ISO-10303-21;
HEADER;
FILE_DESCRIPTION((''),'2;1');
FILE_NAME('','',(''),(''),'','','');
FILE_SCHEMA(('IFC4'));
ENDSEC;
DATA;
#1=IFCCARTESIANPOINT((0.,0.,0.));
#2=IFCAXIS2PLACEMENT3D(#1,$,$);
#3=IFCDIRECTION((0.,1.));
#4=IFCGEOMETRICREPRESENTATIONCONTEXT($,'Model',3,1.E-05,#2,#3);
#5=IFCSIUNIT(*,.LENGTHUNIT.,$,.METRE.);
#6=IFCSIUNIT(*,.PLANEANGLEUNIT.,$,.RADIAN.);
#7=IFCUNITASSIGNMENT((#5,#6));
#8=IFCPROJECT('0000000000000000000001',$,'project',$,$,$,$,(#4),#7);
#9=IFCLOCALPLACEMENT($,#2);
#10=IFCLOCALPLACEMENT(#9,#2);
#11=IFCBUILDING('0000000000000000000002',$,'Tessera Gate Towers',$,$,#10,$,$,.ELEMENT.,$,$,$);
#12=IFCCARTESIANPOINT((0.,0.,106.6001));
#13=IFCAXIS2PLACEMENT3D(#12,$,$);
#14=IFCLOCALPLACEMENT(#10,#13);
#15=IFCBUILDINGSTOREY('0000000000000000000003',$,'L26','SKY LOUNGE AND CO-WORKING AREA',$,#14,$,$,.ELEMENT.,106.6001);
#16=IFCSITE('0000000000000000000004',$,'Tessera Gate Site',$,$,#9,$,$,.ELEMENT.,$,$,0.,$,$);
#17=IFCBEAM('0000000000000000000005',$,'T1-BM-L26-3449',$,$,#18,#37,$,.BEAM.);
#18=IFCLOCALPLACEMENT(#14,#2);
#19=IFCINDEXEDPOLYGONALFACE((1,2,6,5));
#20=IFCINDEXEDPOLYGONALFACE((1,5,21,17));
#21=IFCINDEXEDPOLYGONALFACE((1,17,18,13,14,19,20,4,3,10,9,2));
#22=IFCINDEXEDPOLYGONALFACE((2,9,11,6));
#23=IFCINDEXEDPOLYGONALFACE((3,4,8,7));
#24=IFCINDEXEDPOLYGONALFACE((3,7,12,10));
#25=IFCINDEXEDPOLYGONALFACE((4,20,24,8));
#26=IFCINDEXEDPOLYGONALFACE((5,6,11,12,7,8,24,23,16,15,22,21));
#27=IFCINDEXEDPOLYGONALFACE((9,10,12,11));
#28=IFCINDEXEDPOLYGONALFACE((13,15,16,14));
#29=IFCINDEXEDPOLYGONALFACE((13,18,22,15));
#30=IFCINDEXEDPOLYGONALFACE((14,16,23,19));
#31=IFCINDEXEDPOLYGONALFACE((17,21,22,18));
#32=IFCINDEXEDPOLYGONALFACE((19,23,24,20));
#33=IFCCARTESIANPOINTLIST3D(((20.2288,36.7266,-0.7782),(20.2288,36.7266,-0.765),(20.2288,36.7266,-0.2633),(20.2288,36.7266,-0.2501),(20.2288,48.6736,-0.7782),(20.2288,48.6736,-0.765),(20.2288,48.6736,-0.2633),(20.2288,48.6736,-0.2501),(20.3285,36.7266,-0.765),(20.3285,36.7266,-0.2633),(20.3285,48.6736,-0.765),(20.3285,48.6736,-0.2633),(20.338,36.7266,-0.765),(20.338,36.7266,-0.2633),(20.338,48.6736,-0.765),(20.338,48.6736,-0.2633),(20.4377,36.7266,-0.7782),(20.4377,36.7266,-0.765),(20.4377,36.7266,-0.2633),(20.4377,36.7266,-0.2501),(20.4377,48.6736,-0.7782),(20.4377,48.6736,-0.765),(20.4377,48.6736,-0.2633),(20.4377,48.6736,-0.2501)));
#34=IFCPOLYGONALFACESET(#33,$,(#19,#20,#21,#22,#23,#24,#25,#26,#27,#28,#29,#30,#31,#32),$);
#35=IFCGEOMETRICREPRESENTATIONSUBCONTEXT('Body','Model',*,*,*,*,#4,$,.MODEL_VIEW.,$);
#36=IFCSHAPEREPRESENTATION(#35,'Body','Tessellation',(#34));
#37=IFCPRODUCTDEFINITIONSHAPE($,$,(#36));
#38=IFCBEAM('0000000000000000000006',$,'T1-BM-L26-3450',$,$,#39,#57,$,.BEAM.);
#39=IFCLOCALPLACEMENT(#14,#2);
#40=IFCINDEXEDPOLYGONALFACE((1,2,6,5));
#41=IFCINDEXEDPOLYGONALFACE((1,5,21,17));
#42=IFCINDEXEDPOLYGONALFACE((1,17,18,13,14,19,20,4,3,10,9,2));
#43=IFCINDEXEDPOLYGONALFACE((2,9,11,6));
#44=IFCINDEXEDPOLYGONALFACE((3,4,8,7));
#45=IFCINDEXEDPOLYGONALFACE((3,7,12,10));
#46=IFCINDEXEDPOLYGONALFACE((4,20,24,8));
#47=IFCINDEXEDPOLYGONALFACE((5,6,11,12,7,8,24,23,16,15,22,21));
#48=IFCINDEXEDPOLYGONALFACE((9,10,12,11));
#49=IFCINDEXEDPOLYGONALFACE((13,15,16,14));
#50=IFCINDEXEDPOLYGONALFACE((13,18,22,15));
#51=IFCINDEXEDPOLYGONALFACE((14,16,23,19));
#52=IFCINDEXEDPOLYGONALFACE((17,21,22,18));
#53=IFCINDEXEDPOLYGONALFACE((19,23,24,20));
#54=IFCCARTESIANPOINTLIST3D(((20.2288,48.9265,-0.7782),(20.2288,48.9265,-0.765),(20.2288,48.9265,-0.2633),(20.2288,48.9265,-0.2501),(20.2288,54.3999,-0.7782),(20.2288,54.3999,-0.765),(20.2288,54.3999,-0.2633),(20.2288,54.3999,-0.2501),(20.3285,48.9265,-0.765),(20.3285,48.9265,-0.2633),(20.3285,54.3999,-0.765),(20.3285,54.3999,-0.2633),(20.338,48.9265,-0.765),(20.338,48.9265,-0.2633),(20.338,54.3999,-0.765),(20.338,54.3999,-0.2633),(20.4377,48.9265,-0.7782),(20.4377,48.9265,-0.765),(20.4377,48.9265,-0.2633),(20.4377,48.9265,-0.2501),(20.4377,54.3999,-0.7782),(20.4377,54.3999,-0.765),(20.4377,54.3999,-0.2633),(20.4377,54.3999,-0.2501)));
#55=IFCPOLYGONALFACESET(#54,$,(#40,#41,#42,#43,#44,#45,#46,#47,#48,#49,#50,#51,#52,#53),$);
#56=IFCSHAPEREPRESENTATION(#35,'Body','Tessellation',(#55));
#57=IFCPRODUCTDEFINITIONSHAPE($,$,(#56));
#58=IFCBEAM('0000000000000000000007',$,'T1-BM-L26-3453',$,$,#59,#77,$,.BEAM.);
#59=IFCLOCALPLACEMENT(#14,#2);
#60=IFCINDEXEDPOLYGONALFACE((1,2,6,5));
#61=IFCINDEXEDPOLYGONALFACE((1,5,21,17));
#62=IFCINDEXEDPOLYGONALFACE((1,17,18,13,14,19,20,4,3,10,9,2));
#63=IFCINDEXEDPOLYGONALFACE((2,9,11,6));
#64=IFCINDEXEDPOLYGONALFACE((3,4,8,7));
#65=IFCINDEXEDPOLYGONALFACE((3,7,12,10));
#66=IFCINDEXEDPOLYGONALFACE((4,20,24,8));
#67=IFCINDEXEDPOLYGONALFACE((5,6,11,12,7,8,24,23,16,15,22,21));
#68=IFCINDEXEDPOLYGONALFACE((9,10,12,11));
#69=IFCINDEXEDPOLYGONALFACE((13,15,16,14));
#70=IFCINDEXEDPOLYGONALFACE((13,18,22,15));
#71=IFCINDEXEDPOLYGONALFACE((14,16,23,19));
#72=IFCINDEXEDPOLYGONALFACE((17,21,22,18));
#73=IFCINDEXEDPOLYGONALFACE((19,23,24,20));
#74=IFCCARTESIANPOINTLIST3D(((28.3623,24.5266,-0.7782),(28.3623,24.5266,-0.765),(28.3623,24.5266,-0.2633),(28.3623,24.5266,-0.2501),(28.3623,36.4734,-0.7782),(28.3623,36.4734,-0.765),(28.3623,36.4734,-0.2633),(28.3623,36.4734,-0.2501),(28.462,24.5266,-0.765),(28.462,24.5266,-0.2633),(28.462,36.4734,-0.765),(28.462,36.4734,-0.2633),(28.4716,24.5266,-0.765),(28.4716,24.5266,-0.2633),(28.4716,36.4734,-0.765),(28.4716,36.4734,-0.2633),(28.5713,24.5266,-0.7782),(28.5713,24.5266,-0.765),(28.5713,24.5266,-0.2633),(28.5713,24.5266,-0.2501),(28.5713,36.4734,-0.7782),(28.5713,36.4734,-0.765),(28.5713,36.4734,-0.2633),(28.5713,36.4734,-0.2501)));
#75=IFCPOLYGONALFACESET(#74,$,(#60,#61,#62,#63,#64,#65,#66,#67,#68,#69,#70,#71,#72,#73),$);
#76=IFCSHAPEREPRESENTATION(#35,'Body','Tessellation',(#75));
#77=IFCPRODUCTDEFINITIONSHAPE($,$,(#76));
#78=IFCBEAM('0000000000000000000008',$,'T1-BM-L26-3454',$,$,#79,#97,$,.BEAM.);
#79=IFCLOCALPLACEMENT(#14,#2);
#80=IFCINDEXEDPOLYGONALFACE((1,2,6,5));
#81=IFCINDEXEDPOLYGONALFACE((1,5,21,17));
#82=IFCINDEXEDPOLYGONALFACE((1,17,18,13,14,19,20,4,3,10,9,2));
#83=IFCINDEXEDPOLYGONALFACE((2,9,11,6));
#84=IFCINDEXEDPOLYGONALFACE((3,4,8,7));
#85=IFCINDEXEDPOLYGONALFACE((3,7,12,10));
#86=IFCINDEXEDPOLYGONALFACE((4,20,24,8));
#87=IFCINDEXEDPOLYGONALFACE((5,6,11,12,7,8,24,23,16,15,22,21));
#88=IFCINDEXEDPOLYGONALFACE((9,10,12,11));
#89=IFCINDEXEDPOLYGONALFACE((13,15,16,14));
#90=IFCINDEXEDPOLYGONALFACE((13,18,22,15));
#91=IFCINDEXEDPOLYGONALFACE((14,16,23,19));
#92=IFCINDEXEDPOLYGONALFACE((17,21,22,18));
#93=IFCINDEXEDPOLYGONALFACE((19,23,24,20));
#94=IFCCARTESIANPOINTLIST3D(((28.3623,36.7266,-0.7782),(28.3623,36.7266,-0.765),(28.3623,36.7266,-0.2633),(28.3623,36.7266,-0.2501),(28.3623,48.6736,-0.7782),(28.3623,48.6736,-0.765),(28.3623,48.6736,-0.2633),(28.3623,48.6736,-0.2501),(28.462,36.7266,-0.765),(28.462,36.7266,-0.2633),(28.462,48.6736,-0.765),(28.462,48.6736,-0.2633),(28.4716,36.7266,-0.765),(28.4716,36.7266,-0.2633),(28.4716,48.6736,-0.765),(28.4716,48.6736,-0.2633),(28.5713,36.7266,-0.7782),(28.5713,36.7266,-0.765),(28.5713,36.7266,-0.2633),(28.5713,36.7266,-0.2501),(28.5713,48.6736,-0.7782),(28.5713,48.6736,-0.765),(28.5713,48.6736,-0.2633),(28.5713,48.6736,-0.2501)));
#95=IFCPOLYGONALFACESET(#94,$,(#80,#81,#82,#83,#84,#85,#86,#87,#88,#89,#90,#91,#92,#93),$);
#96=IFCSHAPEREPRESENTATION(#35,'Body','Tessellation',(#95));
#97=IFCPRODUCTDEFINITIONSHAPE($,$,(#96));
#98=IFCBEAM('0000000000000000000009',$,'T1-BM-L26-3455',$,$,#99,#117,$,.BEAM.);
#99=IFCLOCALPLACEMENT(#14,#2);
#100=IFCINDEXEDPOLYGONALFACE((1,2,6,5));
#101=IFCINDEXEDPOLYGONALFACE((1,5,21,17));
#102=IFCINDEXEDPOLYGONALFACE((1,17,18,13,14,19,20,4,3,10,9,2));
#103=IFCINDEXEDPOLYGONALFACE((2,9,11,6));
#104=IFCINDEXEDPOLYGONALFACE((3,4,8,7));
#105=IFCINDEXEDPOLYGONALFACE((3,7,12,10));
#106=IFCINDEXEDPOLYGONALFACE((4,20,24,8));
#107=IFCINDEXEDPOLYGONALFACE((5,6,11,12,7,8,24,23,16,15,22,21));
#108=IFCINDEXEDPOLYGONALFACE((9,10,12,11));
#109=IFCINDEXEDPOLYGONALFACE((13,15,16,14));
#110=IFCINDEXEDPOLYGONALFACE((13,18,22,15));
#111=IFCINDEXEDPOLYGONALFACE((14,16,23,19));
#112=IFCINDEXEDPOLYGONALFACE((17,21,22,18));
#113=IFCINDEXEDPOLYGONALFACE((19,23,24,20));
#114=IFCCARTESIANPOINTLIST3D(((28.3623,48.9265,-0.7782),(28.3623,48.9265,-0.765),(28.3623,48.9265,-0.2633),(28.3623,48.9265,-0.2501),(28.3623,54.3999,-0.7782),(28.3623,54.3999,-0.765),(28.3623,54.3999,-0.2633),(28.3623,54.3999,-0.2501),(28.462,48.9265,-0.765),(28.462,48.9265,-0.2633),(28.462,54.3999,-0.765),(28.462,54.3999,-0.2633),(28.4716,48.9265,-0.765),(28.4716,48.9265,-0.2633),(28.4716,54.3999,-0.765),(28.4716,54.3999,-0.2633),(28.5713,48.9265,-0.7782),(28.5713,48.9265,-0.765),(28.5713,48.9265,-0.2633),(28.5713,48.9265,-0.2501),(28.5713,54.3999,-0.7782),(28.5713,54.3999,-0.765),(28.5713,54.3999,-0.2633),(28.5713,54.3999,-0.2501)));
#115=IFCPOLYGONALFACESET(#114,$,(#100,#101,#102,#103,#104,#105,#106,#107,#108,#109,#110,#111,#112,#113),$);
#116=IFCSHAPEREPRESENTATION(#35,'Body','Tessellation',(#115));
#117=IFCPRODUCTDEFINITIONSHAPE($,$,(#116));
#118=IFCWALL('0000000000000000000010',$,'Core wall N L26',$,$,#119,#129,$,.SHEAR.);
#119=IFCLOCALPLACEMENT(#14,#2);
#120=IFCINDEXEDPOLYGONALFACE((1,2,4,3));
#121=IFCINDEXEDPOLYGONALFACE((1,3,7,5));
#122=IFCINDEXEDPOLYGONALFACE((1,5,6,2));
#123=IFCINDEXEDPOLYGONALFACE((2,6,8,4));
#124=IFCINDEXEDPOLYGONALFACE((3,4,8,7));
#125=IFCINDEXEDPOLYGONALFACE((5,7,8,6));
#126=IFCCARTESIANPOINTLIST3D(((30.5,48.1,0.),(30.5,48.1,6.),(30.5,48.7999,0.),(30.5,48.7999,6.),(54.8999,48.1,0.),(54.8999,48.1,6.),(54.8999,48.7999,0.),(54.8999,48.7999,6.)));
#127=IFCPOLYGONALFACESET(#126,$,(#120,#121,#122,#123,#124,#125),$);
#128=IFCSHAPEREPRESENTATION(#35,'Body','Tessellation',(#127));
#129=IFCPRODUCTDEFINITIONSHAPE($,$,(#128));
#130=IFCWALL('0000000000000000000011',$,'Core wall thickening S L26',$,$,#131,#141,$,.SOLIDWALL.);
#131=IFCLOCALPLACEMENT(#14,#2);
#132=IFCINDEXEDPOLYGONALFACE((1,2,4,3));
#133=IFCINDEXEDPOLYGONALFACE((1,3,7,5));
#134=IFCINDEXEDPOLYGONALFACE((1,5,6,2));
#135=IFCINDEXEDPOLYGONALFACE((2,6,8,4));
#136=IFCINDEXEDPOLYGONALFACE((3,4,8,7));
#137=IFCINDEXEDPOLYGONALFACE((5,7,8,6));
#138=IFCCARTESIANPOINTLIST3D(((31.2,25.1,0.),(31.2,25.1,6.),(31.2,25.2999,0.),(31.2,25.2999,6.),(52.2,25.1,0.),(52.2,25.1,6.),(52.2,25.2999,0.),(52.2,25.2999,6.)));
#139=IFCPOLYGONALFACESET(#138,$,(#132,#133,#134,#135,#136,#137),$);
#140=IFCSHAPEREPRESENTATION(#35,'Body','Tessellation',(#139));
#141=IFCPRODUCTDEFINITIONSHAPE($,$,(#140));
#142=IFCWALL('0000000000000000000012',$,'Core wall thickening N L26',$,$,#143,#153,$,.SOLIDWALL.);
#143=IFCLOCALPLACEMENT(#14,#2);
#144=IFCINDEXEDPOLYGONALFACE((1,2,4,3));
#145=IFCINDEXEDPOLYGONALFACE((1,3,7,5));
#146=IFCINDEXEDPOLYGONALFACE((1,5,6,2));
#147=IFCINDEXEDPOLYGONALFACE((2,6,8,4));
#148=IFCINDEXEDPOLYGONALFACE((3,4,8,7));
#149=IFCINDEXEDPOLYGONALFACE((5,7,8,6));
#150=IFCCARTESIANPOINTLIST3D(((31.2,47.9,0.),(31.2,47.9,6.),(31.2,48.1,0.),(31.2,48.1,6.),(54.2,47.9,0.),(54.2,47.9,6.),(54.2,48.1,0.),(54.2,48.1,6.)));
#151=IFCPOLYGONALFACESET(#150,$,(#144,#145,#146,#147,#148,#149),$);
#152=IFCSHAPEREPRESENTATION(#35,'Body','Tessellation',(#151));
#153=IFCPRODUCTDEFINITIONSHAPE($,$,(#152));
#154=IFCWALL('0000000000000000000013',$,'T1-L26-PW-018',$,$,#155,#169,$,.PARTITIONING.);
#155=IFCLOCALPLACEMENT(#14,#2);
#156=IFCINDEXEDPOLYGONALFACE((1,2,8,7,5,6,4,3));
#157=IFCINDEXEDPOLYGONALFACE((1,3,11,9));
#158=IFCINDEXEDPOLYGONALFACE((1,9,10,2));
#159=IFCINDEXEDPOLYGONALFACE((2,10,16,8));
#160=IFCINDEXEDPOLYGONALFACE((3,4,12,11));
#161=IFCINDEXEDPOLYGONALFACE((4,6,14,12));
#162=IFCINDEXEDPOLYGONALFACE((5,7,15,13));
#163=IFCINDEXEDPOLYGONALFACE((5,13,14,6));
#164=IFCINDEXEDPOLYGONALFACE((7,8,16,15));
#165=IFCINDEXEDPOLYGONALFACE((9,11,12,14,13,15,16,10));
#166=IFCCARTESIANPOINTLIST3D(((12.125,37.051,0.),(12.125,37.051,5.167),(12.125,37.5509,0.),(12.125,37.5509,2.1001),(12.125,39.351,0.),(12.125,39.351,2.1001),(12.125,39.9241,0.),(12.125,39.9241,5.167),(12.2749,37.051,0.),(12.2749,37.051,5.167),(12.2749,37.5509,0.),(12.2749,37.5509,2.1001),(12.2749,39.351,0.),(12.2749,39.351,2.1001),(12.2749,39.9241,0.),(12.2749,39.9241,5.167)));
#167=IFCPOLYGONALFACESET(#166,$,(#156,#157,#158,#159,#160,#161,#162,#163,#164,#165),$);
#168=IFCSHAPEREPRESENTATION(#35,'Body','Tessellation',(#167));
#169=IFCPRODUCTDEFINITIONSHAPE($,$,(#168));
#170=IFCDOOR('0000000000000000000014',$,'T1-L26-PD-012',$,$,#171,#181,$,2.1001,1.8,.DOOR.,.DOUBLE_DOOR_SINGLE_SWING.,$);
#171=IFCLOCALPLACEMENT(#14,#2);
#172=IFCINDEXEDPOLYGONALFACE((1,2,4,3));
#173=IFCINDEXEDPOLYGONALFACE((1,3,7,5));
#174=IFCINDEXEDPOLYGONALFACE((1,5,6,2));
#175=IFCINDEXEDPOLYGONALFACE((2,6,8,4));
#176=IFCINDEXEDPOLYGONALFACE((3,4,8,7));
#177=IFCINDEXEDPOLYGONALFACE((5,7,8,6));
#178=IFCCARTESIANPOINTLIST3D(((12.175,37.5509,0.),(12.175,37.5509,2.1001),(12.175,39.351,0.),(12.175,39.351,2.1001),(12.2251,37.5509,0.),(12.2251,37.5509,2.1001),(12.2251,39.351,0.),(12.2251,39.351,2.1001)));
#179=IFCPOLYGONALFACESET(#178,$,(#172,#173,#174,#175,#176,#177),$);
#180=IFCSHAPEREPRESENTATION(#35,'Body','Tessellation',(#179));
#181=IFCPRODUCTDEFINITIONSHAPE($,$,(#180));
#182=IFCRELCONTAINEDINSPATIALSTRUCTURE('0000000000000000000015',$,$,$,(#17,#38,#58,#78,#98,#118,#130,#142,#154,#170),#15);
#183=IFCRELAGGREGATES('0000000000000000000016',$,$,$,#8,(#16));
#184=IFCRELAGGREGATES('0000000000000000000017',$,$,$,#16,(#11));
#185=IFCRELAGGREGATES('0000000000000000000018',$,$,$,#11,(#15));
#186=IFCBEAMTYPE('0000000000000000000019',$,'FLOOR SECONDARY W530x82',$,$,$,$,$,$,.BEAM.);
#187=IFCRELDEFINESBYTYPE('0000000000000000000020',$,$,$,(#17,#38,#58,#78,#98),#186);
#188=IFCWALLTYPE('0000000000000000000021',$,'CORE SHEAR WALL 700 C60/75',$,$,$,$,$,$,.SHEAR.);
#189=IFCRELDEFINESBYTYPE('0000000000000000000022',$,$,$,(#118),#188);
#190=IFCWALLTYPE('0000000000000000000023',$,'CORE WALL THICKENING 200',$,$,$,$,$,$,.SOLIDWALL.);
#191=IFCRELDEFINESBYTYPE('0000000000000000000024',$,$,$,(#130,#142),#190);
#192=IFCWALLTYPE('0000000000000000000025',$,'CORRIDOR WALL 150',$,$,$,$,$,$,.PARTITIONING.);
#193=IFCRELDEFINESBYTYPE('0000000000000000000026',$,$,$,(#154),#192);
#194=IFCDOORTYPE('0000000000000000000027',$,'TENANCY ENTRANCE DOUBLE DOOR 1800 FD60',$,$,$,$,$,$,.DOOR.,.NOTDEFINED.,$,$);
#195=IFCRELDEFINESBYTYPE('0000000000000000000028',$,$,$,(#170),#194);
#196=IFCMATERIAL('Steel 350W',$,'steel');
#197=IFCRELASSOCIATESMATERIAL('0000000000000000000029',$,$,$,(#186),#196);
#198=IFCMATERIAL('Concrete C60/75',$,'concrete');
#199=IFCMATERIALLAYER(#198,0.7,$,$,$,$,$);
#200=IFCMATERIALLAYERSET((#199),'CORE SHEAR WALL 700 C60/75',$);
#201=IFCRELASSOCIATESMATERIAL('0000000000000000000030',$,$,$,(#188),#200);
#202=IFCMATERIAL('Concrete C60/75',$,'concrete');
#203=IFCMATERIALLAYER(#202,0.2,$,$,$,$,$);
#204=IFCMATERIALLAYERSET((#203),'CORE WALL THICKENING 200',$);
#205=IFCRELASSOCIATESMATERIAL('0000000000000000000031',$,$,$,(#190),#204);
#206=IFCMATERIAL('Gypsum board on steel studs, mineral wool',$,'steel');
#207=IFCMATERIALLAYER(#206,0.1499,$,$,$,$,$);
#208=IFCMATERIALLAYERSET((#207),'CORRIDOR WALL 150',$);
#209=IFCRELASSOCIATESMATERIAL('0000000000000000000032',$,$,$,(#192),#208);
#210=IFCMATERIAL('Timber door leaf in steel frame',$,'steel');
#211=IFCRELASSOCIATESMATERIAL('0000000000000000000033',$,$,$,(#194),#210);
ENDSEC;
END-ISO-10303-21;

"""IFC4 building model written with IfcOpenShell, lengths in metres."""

from ifc_helpers import new_model, si_unit, direction, frame, frame_2d, origin, origin_2d, place, context, subcontext, project, spatial, rectangle, i_section, extrude, source, transform, mapped, material, layer, layer_set, material_profile, profile_set, type_object, element, fill, save


model = new_model("IFC4")

# Units and contexts
model_context = context("Model", 3, precision=1e-05, world=origin(), true_north=direction((0.0, 1.0)))
body_context = subcontext(model_context, "Body", "Model", "MODEL_VIEW")
ifc_project = project(units=[si_unit("LENGTHUNIT", "METRE"), si_unit("PLANEANGLEUNIT", "RADIAN")], contexts=[model_context])

# Site, building, storey
site_placement = place(None, origin())
site = spatial("IfcSite", under=ifc_project, at=site_placement, Name="Tessera Gate Site", CompositionType="ELEMENT", RefElevation=0.0)
building_placement = place(site_placement, origin())
building = spatial("IfcBuilding", under=site, at=building_placement, Name="Tessera Gate Towers", CompositionType="ELEMENT")
storey_placement = place(building_placement, frame((0.0, 0.0, 106.6001)))
storey = spatial("IfcBuildingStorey", under=building, at=storey_placement, Name="L26", Description="SKY LOUNGE AND CO-WORKING AREA", CompositionType="ELEMENT", Elevation=106.6001)

# Beams
ifc_material_1 = material(Name="Steel 350W", Category="steel")
ifc_material_profile_1 = material_profile(ifc_material_1, i_section(OverallWidth=0.209, OverallDepth=0.5281, WebThickness=0.0095, FlangeThickness=0.0132, at=origin_2d()), Name="W530x82")
ifc_profile_set_1 = profile_set([ifc_material_profile_1], Name="Steel 350W")
beam_type_1 = type_object("IfcBeamType", Name="FLOOR SECONDARY W530x82", PredefinedType="BEAM", material=ifc_profile_set_1)
beam_1_placement = place(storey_placement, frame((20.3333, 36.7266, -0.5142), z_axis=(0.0, 1.0, 0.0), x_axis=(-1.0, 0.0, 0.0)))
element("IfcBeam", 1, at=beam_1_placement, inside=storey, type_object=beam_type_1, Name="T1-BM-L26-3449", PredefinedType="BEAM", context=body_context, shape_type="SweptSolid", body=[
    extrude(i_section(OverallWidth=0.209, OverallDepth=0.5281, WebThickness=0.0095, FlangeThickness=0.0132, at=origin_2d()), origin(), (0.0, 0.0, 1.0), 11.947),
])
beam_2_placement = place(storey_placement, frame((20.3333, 48.9265, -0.5142), z_axis=(0.0, 1.0, 0.0), x_axis=(-1.0, 0.0, 0.0)))
element("IfcBeam", 2, at=beam_2_placement, inside=storey, type_object=beam_type_1, Name="T1-BM-L26-3450", PredefinedType="BEAM", context=body_context, shape_type="SweptSolid", body=[
    extrude(i_section(OverallWidth=0.209, OverallDepth=0.5281, WebThickness=0.0095, FlangeThickness=0.0132, at=origin_2d()), origin(), (0.0, 0.0, 1.0), 5.4734),
])
beam_3_placement = place(storey_placement, frame((28.4668, 24.5266, -0.5142), z_axis=(0.0, 1.0, 0.0), x_axis=(-1.0, 0.0, 0.0)))
element("IfcBeam", 3, at=beam_3_placement, inside=storey, type_object=beam_type_1, Name="T1-BM-L26-3453", PredefinedType="BEAM", context=body_context, shape_type="SweptSolid", body=[
    extrude(i_section(OverallWidth=0.209, OverallDepth=0.5281, WebThickness=0.0095, FlangeThickness=0.0132, at=origin_2d()), origin(), (0.0, 0.0, 1.0), 11.9468),
])
beam_4_placement = place(storey_placement, frame((28.4668, 36.7266, -0.5142), z_axis=(0.0, 1.0, 0.0), x_axis=(-1.0, 0.0, 0.0)))
element("IfcBeam", 4, at=beam_4_placement, inside=storey, type_object=beam_type_1, Name="T1-BM-L26-3454", PredefinedType="BEAM", context=body_context, shape_type="SweptSolid", body=[
    extrude(i_section(OverallWidth=0.209, OverallDepth=0.5281, WebThickness=0.0095, FlangeThickness=0.0132, at=origin_2d()), origin(), (0.0, 0.0, 1.0), 11.947),
])
beam_5_placement = place(storey_placement, frame((28.4668, 48.9265, -0.5142), z_axis=(0.0, 1.0, 0.0), x_axis=(-1.0, 0.0, 0.0)))
element("IfcBeam", 5, at=beam_5_placement, inside=storey, type_object=beam_type_1, Name="T1-BM-L26-3455", PredefinedType="BEAM", context=body_context, shape_type="SweptSolid", body=[
    extrude(i_section(OverallWidth=0.209, OverallDepth=0.5281, WebThickness=0.0095, FlangeThickness=0.0132, at=origin_2d()), origin(), (0.0, 0.0, 1.0), 5.4734),
])

# Shared definitions
ifc_material_2 = material(Name="Concrete C60/75", Category="concrete")
ifc_layer_1 = layer(ifc_material_2, 0.7)
ifc_layer_set_1 = layer_set([ifc_layer_1], Name="CORE SHEAR WALL 700 C60/75")
wall_type_1 = type_object("IfcWallType", Name="CORE SHEAR WALL 700 C60/75", PredefinedType="SHEAR", material=ifc_layer_set_1)

# Walls
wall_1_placement = place(storey_placement, frame((30.5, 48.45, 0.0), z_axis=(0.0, 0.0, 1.0), x_axis=(1.0, 0.0, 0.0)))
element("IfcWall", 6, at=wall_1_placement, inside=storey, type_object=wall_type_1, Name="Core wall N L26", PredefinedType="SHEAR", context=body_context, shape_type="SweptSolid", body=[
    extrude(rectangle(XDim=24.3999, YDim=0.7, at=frame_2d((12.2, 0.0))), origin(), (0.0, 0.0, 1.0), 6.0),
])
ifc_material_3 = material(Name="Concrete C60/75", Category="concrete")
ifc_layer_2 = layer(ifc_material_3, 0.2)
ifc_layer_set_2 = layer_set([ifc_layer_2], Name="CORE WALL THICKENING 200")
wall_type_2 = type_object("IfcWallType", Name="CORE WALL THICKENING 200", PredefinedType="SOLIDWALL", material=ifc_layer_set_2)
wall_2_placement = place(storey_placement, frame((31.2, 25.2, 0.0), z_axis=(0.0, 0.0, 1.0), x_axis=(1.0, 0.0, 0.0)))
element("IfcWall", 7, at=wall_2_placement, inside=storey, type_object=wall_type_2, Name="Core wall thickening S L26", PredefinedType="SOLIDWALL", context=body_context, shape_type="SweptSolid", body=[
    extrude(rectangle(XDim=21.0, YDim=0.2, at=frame_2d((10.5, 0.0))), origin(), (0.0, 0.0, 1.0), 6.0),
])
wall_3_placement = place(storey_placement, frame((31.2, 48.0, 0.0), z_axis=(0.0, 0.0, 1.0), x_axis=(1.0, 0.0, 0.0)))
element("IfcWall", 8, at=wall_3_placement, inside=storey, type_object=wall_type_2, Name="Core wall thickening N L26", PredefinedType="SOLIDWALL", context=body_context, shape_type="SweptSolid", body=[
    extrude(rectangle(XDim=23.0, YDim=0.2, at=frame_2d((11.5, 0.0))), origin(), (0.0, 0.0, 1.0), 6.0),
])

# Wall, opening, door
ifc_material_4 = material(Name="Gypsum board on steel studs, mineral wool", Category="steel")
ifc_layer_3 = layer(ifc_material_4, 0.1499)
ifc_layer_set_3 = layer_set([ifc_layer_3], Name="CORRIDOR WALL 150")
wall_type_3 = type_object("IfcWallType", Name="CORRIDOR WALL 150", PredefinedType="PARTITIONING", material=ifc_layer_set_3)
wall_4_placement = place(storey_placement, frame((12.2, 37.051, 0.0), z_axis=(0.0, 0.0, 1.0), x_axis=(0.0, 1.0, 0.0)))
wall_4 = element("IfcWall", 9, at=wall_4_placement, inside=storey, type_object=wall_type_3, Name="T1-L26-PW-018", PredefinedType="PARTITIONING", context=body_context, shape_type="SweptSolid", body=[
    extrude(rectangle(XDim=2.873, YDim=0.1499, at=frame_2d((1.4365, 0.0))), origin(), (0.0, 0.0, 1.0), 5.167),
])
shared_shape_1 = source(origin(), body_context, "Body", "SweptSolid", [
    extrude(rectangle(XDim=1.8, YDim=2.1001, at=frame_2d((0.8999, 1.05))), frame((0.0, 0.085, 0.0), z_axis=(0.0, -1.0, 0.0), x_axis=(1.0, 0.0, 0.0)), (0.0, 0.0, 1.0), 0.1699),
])
opening_1_placement = place(wall_4_placement, frame((0.5, 0.0, 0.0)))
opening_1 = element("IfcOpeningElement", 10, at=opening_1_placement, cuts=wall_4, PredefinedType="OPENING", context=body_context, shape_type="MappedRepresentation", body=[
    mapped(shared_shape_1, transform((0.0, 0.0, 0.0), scale=1.0)),
])
ifc_material_5 = material(Name="Timber door leaf in steel frame", Category="steel")
door_type_1 = type_object("IfcDoorType", Name="TENANCY ENTRANCE DOUBLE DOOR 1800 FD60", OperationType="NOTDEFINED", PredefinedType="DOOR", material=ifc_material_5)
shared_shape_2 = source(origin(), body_context, "Body", "SweptSolid", [
    extrude(rectangle(XDim=1.8, YDim=2.1001, at=frame_2d((0.8999, 1.05))), frame((0.0, 0.0249, 0.0), z_axis=(0.0, -1.0, 0.0), x_axis=(1.0, 0.0, 0.0)), (0.0, 0.0, 1.0), 0.05),
])
door_1_placement = place(opening_1_placement, origin())
door_1 = element("IfcDoor", 11, at=door_1_placement, inside=storey, type_object=door_type_1, Name="T1-L26-PD-012", OperationType="DOUBLE_DOOR_SINGLE_SWING", OverallHeight=2.1001, OverallWidth=1.8, PredefinedType="DOOR", context=body_context, shape_type="MappedRepresentation", body=[
    mapped(shared_shape_2, transform((0.0, 0.0, 0.0), scale=1.0)),
])
fill(opening_1, door_1)

save(model, "model.ifc")
